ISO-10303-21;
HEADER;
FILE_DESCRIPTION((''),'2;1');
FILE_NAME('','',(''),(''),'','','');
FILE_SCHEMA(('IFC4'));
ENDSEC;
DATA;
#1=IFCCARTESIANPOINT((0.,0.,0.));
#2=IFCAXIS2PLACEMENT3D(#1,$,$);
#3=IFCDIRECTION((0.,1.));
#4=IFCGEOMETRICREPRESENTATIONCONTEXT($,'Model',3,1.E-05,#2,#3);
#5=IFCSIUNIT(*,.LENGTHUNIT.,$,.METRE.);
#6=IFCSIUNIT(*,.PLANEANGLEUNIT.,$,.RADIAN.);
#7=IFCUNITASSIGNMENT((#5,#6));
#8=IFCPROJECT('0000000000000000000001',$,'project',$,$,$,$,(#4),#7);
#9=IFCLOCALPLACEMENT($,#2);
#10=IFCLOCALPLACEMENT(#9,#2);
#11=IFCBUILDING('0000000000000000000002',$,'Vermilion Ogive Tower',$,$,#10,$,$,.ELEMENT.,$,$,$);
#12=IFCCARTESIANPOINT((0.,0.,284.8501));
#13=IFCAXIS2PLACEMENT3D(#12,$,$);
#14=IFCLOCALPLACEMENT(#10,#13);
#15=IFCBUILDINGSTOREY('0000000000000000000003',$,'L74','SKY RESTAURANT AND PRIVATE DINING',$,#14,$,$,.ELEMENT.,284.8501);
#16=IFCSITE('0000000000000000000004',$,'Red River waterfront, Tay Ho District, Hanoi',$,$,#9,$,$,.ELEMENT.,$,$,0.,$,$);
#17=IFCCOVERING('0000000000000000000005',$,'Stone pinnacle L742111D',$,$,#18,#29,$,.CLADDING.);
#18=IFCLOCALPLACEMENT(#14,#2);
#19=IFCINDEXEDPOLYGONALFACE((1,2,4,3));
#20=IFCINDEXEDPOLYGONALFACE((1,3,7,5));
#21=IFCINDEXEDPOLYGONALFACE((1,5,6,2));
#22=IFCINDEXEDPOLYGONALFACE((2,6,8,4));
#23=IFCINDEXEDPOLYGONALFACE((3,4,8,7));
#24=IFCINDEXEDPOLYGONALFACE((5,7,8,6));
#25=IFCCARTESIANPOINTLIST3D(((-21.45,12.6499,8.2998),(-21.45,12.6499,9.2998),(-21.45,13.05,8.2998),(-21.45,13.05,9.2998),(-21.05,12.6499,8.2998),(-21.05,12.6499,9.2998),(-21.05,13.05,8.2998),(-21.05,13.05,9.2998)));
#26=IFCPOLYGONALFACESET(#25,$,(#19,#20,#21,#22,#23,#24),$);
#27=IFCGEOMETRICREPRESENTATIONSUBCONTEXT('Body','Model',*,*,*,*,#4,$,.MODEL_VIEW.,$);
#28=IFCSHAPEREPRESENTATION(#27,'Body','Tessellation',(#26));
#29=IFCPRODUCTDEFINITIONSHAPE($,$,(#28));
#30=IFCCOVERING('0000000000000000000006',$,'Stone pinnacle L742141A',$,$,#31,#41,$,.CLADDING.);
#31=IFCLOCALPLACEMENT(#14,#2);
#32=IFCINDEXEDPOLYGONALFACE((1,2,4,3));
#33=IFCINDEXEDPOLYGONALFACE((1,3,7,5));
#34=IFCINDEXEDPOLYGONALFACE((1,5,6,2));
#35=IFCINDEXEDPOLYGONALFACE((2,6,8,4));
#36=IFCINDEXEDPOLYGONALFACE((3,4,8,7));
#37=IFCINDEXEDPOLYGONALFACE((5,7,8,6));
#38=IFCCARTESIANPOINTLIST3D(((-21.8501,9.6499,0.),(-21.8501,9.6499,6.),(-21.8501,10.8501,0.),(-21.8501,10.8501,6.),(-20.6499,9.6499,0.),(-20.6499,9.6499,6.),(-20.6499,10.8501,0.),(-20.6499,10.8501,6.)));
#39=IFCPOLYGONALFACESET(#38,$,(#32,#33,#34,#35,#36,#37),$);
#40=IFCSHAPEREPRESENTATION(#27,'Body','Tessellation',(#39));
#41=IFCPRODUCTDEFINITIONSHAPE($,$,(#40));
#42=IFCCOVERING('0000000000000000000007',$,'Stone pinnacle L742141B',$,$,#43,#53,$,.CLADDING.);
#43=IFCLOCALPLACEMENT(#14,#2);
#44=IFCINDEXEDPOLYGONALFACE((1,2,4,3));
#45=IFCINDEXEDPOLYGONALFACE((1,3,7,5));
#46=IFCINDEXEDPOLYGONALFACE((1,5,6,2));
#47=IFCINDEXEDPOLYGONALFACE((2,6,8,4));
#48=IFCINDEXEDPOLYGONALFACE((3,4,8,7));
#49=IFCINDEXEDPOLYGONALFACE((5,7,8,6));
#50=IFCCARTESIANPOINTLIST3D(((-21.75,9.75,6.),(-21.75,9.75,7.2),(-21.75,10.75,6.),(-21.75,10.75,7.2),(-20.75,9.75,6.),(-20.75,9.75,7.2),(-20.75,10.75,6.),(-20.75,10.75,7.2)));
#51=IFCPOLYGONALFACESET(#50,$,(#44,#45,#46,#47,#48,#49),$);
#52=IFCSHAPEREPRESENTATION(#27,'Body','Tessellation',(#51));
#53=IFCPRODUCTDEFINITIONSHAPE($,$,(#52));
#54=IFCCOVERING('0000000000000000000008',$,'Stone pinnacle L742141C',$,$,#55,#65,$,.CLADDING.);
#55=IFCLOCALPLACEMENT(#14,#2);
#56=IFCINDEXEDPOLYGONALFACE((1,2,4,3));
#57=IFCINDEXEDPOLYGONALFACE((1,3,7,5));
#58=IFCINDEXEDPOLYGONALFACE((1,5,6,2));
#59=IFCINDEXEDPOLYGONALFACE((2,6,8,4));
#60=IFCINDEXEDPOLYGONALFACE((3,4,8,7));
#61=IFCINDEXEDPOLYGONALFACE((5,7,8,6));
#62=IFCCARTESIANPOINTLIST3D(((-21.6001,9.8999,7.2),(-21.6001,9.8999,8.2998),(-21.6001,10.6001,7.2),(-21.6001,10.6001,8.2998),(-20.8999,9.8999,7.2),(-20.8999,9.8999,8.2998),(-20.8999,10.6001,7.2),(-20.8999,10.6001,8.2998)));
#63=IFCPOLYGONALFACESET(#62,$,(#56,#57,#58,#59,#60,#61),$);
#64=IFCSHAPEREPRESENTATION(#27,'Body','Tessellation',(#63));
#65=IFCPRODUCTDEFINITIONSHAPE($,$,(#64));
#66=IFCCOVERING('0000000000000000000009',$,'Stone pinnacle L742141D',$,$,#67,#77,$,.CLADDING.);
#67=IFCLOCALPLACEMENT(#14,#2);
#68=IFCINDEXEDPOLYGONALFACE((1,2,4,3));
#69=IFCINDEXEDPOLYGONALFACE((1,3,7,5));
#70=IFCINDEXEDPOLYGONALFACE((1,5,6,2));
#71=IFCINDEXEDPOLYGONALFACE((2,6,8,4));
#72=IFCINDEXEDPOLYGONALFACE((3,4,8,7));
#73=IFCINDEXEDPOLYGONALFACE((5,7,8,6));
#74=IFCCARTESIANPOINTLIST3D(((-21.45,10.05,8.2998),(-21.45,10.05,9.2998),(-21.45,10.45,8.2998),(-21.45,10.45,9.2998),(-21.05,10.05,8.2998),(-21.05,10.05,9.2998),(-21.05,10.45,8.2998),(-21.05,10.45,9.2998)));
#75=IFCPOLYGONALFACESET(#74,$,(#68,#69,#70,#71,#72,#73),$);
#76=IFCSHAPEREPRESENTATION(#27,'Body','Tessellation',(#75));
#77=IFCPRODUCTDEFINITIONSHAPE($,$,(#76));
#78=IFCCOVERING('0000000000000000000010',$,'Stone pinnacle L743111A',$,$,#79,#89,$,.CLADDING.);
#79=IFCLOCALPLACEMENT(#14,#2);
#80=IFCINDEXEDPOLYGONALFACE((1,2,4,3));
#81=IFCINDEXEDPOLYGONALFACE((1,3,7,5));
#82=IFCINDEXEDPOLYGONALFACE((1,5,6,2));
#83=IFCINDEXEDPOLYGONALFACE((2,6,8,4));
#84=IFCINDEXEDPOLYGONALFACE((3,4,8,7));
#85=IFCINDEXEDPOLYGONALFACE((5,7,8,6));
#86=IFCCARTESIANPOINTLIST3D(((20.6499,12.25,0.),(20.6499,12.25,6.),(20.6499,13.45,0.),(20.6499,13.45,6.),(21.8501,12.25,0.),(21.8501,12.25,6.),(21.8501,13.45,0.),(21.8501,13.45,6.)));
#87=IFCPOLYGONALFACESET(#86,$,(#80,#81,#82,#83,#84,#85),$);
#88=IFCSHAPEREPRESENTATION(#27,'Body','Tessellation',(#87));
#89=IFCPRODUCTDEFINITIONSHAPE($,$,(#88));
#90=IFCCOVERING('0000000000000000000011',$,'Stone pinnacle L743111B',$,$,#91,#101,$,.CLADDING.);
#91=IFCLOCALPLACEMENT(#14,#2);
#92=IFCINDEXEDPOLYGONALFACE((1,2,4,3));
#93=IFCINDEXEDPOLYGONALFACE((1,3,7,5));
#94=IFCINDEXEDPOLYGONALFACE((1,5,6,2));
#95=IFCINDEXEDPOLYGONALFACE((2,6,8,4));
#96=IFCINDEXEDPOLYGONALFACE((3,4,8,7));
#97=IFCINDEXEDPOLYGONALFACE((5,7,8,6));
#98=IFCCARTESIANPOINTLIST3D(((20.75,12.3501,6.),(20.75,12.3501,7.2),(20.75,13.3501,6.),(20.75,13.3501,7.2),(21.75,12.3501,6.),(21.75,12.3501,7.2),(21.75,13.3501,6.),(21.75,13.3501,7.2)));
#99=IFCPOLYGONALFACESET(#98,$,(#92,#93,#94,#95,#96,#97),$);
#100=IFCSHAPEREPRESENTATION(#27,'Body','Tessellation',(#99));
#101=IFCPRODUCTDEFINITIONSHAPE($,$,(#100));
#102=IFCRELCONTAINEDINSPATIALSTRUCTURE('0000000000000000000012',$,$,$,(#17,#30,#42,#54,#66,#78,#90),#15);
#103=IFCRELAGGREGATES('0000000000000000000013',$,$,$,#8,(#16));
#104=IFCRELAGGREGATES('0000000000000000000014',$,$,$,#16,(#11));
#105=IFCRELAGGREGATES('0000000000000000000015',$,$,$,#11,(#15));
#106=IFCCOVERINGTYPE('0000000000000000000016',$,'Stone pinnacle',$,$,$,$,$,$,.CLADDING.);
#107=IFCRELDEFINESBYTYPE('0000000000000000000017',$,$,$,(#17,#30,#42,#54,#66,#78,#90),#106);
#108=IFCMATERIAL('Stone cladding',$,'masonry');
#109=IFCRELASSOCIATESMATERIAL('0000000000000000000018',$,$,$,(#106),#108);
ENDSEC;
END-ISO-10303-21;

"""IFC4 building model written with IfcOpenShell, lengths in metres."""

from ifc_helpers import new_model, si_unit, direction, frame, origin, place, context, subcontext, project, spatial, polyline, outline, extrude, material, type_object, element, save


model = new_model("IFC4")

# Units and contexts
model_context = context("Model", 3, precision=1e-05, world=origin(), true_north=direction((0.0, 1.0)))
body_context = subcontext(model_context, "Body", "Model", "MODEL_VIEW")
ifc_project = project(units=[si_unit("LENGTHUNIT", "METRE"), si_unit("PLANEANGLEUNIT", "RADIAN")], contexts=[model_context])

# Site, building, storey
site_placement = place(None, origin())
site = spatial("IfcSite", under=ifc_project, at=site_placement, Name="Red River waterfront, Tay Ho District, Hanoi", CompositionType="ELEMENT", RefElevation=0.0)
building_placement = place(site_placement, origin())
building = spatial("IfcBuilding", under=site, at=building_placement, Name="Vermilion Ogive Tower", CompositionType="ELEMENT")
storey_placement = place(building_placement, frame((0.0, 0.0, 284.8501)))
storey = spatial("IfcBuildingStorey", under=building, at=storey_placement, Name="L74", Description="SKY RESTAURANT AND PRIVATE DINING", CompositionType="ELEMENT", Elevation=284.8501)

# Coverings
ifc_material_1 = material(Name="Stone cladding", Category="masonry")
covering_type = type_object("IfcCoveringType", Name="Stone pinnacle", PredefinedType="CLADDING", material=ifc_material_1)
covering_1_placement = place(storey_placement, frame((0.0, 0.0, 8.2998)))
element("IfcCovering", 1, at=covering_1_placement, inside=storey, type_object=covering_type, Name="Stone pinnacle L742111D", PredefinedType="CLADDING", context=body_context, shape_type="SweptSolid", body=[
    extrude(outline(polyline([(-21.45, 12.6499), (-21.05, 12.6499), (-21.05, 13.05), (-21.45, 13.05), (-21.45, 12.6499)])), origin(), (0.0, 0.0, 1.0), 1.0),
])
covering_2_placement = place(storey_placement, origin())
element("IfcCovering", 2, at=covering_2_placement, inside=storey, type_object=covering_type, Name="Stone pinnacle L742141A", PredefinedType="CLADDING", context=body_context, shape_type="SweptSolid", body=[
    extrude(outline(polyline([(-21.8501, 9.6499), (-20.6499, 9.6499), (-20.6499, 10.8501), (-21.8501, 10.8501), (-21.8501, 9.6499)])), origin(), (0.0, 0.0, 1.0), 6.0),
])
covering_3_placement = place(storey_placement, frame((0.0, 0.0, 6.0)))
element("IfcCovering", 3, at=covering_3_placement, inside=storey, type_object=covering_type, Name="Stone pinnacle L742141B", PredefinedType="CLADDING", context=body_context, shape_type="SweptSolid", body=[
    extrude(outline(polyline([(-21.75, 9.75), (-20.75, 9.75), (-20.75, 10.75), (-21.75, 10.75), (-21.75, 9.75)])), origin(), (0.0, 0.0, 1.0), 1.2),
])
covering_4_placement = place(storey_placement, frame((0.0, 0.0, 7.2)))
element("IfcCovering", 4, at=covering_4_placement, inside=storey, type_object=covering_type, Name="Stone pinnacle L742141C", PredefinedType="CLADDING", context=body_context, shape_type="SweptSolid", body=[
    extrude(outline(polyline([(-21.6001, 9.8999), (-20.8999, 9.8999), (-20.8999, 10.6001), (-21.6001, 10.6001), (-21.6001, 9.8999)])), origin(), (0.0, 0.0, 1.0), 1.0999),
])
covering_5_placement = place(storey_placement, frame((0.0, 0.0, 8.2998)))
element("IfcCovering", 5, at=covering_5_placement, inside=storey, type_object=covering_type, Name="Stone pinnacle L742141D", PredefinedType="CLADDING", context=body_context, shape_type="SweptSolid", body=[
    extrude(outline(polyline([(-21.45, 10.05), (-21.05, 10.05), (-21.05, 10.45), (-21.45, 10.45), (-21.45, 10.05)])), origin(), (0.0, 0.0, 1.0), 1.0),
])
covering_6_placement = place(storey_placement, origin())
element("IfcCovering", 6, at=covering_6_placement, inside=storey, type_object=covering_type, Name="Stone pinnacle L743111A", PredefinedType="CLADDING", context=body_context, shape_type="SweptSolid", body=[
    extrude(outline(polyline([(20.6499, 12.25), (21.8501, 12.25), (21.8501, 13.45), (20.6499, 13.45), (20.6499, 12.25)])), origin(), (0.0, 0.0, 1.0), 6.0),
])
covering_7_placement = place(storey_placement, frame((0.0, 0.0, 6.0)))
element("IfcCovering", 7, at=covering_7_placement, inside=storey, type_object=covering_type, Name="Stone pinnacle L743111B", PredefinedType="CLADDING", context=body_context, shape_type="SweptSolid", body=[
    extrude(outline(polyline([(20.75, 12.3501), (21.75, 12.3501), (21.75, 13.3501), (20.75, 13.3501), (20.75, 12.3501)])), origin(), (0.0, 0.0, 1.0), 1.2),
])

save(model, "model.ifc")
